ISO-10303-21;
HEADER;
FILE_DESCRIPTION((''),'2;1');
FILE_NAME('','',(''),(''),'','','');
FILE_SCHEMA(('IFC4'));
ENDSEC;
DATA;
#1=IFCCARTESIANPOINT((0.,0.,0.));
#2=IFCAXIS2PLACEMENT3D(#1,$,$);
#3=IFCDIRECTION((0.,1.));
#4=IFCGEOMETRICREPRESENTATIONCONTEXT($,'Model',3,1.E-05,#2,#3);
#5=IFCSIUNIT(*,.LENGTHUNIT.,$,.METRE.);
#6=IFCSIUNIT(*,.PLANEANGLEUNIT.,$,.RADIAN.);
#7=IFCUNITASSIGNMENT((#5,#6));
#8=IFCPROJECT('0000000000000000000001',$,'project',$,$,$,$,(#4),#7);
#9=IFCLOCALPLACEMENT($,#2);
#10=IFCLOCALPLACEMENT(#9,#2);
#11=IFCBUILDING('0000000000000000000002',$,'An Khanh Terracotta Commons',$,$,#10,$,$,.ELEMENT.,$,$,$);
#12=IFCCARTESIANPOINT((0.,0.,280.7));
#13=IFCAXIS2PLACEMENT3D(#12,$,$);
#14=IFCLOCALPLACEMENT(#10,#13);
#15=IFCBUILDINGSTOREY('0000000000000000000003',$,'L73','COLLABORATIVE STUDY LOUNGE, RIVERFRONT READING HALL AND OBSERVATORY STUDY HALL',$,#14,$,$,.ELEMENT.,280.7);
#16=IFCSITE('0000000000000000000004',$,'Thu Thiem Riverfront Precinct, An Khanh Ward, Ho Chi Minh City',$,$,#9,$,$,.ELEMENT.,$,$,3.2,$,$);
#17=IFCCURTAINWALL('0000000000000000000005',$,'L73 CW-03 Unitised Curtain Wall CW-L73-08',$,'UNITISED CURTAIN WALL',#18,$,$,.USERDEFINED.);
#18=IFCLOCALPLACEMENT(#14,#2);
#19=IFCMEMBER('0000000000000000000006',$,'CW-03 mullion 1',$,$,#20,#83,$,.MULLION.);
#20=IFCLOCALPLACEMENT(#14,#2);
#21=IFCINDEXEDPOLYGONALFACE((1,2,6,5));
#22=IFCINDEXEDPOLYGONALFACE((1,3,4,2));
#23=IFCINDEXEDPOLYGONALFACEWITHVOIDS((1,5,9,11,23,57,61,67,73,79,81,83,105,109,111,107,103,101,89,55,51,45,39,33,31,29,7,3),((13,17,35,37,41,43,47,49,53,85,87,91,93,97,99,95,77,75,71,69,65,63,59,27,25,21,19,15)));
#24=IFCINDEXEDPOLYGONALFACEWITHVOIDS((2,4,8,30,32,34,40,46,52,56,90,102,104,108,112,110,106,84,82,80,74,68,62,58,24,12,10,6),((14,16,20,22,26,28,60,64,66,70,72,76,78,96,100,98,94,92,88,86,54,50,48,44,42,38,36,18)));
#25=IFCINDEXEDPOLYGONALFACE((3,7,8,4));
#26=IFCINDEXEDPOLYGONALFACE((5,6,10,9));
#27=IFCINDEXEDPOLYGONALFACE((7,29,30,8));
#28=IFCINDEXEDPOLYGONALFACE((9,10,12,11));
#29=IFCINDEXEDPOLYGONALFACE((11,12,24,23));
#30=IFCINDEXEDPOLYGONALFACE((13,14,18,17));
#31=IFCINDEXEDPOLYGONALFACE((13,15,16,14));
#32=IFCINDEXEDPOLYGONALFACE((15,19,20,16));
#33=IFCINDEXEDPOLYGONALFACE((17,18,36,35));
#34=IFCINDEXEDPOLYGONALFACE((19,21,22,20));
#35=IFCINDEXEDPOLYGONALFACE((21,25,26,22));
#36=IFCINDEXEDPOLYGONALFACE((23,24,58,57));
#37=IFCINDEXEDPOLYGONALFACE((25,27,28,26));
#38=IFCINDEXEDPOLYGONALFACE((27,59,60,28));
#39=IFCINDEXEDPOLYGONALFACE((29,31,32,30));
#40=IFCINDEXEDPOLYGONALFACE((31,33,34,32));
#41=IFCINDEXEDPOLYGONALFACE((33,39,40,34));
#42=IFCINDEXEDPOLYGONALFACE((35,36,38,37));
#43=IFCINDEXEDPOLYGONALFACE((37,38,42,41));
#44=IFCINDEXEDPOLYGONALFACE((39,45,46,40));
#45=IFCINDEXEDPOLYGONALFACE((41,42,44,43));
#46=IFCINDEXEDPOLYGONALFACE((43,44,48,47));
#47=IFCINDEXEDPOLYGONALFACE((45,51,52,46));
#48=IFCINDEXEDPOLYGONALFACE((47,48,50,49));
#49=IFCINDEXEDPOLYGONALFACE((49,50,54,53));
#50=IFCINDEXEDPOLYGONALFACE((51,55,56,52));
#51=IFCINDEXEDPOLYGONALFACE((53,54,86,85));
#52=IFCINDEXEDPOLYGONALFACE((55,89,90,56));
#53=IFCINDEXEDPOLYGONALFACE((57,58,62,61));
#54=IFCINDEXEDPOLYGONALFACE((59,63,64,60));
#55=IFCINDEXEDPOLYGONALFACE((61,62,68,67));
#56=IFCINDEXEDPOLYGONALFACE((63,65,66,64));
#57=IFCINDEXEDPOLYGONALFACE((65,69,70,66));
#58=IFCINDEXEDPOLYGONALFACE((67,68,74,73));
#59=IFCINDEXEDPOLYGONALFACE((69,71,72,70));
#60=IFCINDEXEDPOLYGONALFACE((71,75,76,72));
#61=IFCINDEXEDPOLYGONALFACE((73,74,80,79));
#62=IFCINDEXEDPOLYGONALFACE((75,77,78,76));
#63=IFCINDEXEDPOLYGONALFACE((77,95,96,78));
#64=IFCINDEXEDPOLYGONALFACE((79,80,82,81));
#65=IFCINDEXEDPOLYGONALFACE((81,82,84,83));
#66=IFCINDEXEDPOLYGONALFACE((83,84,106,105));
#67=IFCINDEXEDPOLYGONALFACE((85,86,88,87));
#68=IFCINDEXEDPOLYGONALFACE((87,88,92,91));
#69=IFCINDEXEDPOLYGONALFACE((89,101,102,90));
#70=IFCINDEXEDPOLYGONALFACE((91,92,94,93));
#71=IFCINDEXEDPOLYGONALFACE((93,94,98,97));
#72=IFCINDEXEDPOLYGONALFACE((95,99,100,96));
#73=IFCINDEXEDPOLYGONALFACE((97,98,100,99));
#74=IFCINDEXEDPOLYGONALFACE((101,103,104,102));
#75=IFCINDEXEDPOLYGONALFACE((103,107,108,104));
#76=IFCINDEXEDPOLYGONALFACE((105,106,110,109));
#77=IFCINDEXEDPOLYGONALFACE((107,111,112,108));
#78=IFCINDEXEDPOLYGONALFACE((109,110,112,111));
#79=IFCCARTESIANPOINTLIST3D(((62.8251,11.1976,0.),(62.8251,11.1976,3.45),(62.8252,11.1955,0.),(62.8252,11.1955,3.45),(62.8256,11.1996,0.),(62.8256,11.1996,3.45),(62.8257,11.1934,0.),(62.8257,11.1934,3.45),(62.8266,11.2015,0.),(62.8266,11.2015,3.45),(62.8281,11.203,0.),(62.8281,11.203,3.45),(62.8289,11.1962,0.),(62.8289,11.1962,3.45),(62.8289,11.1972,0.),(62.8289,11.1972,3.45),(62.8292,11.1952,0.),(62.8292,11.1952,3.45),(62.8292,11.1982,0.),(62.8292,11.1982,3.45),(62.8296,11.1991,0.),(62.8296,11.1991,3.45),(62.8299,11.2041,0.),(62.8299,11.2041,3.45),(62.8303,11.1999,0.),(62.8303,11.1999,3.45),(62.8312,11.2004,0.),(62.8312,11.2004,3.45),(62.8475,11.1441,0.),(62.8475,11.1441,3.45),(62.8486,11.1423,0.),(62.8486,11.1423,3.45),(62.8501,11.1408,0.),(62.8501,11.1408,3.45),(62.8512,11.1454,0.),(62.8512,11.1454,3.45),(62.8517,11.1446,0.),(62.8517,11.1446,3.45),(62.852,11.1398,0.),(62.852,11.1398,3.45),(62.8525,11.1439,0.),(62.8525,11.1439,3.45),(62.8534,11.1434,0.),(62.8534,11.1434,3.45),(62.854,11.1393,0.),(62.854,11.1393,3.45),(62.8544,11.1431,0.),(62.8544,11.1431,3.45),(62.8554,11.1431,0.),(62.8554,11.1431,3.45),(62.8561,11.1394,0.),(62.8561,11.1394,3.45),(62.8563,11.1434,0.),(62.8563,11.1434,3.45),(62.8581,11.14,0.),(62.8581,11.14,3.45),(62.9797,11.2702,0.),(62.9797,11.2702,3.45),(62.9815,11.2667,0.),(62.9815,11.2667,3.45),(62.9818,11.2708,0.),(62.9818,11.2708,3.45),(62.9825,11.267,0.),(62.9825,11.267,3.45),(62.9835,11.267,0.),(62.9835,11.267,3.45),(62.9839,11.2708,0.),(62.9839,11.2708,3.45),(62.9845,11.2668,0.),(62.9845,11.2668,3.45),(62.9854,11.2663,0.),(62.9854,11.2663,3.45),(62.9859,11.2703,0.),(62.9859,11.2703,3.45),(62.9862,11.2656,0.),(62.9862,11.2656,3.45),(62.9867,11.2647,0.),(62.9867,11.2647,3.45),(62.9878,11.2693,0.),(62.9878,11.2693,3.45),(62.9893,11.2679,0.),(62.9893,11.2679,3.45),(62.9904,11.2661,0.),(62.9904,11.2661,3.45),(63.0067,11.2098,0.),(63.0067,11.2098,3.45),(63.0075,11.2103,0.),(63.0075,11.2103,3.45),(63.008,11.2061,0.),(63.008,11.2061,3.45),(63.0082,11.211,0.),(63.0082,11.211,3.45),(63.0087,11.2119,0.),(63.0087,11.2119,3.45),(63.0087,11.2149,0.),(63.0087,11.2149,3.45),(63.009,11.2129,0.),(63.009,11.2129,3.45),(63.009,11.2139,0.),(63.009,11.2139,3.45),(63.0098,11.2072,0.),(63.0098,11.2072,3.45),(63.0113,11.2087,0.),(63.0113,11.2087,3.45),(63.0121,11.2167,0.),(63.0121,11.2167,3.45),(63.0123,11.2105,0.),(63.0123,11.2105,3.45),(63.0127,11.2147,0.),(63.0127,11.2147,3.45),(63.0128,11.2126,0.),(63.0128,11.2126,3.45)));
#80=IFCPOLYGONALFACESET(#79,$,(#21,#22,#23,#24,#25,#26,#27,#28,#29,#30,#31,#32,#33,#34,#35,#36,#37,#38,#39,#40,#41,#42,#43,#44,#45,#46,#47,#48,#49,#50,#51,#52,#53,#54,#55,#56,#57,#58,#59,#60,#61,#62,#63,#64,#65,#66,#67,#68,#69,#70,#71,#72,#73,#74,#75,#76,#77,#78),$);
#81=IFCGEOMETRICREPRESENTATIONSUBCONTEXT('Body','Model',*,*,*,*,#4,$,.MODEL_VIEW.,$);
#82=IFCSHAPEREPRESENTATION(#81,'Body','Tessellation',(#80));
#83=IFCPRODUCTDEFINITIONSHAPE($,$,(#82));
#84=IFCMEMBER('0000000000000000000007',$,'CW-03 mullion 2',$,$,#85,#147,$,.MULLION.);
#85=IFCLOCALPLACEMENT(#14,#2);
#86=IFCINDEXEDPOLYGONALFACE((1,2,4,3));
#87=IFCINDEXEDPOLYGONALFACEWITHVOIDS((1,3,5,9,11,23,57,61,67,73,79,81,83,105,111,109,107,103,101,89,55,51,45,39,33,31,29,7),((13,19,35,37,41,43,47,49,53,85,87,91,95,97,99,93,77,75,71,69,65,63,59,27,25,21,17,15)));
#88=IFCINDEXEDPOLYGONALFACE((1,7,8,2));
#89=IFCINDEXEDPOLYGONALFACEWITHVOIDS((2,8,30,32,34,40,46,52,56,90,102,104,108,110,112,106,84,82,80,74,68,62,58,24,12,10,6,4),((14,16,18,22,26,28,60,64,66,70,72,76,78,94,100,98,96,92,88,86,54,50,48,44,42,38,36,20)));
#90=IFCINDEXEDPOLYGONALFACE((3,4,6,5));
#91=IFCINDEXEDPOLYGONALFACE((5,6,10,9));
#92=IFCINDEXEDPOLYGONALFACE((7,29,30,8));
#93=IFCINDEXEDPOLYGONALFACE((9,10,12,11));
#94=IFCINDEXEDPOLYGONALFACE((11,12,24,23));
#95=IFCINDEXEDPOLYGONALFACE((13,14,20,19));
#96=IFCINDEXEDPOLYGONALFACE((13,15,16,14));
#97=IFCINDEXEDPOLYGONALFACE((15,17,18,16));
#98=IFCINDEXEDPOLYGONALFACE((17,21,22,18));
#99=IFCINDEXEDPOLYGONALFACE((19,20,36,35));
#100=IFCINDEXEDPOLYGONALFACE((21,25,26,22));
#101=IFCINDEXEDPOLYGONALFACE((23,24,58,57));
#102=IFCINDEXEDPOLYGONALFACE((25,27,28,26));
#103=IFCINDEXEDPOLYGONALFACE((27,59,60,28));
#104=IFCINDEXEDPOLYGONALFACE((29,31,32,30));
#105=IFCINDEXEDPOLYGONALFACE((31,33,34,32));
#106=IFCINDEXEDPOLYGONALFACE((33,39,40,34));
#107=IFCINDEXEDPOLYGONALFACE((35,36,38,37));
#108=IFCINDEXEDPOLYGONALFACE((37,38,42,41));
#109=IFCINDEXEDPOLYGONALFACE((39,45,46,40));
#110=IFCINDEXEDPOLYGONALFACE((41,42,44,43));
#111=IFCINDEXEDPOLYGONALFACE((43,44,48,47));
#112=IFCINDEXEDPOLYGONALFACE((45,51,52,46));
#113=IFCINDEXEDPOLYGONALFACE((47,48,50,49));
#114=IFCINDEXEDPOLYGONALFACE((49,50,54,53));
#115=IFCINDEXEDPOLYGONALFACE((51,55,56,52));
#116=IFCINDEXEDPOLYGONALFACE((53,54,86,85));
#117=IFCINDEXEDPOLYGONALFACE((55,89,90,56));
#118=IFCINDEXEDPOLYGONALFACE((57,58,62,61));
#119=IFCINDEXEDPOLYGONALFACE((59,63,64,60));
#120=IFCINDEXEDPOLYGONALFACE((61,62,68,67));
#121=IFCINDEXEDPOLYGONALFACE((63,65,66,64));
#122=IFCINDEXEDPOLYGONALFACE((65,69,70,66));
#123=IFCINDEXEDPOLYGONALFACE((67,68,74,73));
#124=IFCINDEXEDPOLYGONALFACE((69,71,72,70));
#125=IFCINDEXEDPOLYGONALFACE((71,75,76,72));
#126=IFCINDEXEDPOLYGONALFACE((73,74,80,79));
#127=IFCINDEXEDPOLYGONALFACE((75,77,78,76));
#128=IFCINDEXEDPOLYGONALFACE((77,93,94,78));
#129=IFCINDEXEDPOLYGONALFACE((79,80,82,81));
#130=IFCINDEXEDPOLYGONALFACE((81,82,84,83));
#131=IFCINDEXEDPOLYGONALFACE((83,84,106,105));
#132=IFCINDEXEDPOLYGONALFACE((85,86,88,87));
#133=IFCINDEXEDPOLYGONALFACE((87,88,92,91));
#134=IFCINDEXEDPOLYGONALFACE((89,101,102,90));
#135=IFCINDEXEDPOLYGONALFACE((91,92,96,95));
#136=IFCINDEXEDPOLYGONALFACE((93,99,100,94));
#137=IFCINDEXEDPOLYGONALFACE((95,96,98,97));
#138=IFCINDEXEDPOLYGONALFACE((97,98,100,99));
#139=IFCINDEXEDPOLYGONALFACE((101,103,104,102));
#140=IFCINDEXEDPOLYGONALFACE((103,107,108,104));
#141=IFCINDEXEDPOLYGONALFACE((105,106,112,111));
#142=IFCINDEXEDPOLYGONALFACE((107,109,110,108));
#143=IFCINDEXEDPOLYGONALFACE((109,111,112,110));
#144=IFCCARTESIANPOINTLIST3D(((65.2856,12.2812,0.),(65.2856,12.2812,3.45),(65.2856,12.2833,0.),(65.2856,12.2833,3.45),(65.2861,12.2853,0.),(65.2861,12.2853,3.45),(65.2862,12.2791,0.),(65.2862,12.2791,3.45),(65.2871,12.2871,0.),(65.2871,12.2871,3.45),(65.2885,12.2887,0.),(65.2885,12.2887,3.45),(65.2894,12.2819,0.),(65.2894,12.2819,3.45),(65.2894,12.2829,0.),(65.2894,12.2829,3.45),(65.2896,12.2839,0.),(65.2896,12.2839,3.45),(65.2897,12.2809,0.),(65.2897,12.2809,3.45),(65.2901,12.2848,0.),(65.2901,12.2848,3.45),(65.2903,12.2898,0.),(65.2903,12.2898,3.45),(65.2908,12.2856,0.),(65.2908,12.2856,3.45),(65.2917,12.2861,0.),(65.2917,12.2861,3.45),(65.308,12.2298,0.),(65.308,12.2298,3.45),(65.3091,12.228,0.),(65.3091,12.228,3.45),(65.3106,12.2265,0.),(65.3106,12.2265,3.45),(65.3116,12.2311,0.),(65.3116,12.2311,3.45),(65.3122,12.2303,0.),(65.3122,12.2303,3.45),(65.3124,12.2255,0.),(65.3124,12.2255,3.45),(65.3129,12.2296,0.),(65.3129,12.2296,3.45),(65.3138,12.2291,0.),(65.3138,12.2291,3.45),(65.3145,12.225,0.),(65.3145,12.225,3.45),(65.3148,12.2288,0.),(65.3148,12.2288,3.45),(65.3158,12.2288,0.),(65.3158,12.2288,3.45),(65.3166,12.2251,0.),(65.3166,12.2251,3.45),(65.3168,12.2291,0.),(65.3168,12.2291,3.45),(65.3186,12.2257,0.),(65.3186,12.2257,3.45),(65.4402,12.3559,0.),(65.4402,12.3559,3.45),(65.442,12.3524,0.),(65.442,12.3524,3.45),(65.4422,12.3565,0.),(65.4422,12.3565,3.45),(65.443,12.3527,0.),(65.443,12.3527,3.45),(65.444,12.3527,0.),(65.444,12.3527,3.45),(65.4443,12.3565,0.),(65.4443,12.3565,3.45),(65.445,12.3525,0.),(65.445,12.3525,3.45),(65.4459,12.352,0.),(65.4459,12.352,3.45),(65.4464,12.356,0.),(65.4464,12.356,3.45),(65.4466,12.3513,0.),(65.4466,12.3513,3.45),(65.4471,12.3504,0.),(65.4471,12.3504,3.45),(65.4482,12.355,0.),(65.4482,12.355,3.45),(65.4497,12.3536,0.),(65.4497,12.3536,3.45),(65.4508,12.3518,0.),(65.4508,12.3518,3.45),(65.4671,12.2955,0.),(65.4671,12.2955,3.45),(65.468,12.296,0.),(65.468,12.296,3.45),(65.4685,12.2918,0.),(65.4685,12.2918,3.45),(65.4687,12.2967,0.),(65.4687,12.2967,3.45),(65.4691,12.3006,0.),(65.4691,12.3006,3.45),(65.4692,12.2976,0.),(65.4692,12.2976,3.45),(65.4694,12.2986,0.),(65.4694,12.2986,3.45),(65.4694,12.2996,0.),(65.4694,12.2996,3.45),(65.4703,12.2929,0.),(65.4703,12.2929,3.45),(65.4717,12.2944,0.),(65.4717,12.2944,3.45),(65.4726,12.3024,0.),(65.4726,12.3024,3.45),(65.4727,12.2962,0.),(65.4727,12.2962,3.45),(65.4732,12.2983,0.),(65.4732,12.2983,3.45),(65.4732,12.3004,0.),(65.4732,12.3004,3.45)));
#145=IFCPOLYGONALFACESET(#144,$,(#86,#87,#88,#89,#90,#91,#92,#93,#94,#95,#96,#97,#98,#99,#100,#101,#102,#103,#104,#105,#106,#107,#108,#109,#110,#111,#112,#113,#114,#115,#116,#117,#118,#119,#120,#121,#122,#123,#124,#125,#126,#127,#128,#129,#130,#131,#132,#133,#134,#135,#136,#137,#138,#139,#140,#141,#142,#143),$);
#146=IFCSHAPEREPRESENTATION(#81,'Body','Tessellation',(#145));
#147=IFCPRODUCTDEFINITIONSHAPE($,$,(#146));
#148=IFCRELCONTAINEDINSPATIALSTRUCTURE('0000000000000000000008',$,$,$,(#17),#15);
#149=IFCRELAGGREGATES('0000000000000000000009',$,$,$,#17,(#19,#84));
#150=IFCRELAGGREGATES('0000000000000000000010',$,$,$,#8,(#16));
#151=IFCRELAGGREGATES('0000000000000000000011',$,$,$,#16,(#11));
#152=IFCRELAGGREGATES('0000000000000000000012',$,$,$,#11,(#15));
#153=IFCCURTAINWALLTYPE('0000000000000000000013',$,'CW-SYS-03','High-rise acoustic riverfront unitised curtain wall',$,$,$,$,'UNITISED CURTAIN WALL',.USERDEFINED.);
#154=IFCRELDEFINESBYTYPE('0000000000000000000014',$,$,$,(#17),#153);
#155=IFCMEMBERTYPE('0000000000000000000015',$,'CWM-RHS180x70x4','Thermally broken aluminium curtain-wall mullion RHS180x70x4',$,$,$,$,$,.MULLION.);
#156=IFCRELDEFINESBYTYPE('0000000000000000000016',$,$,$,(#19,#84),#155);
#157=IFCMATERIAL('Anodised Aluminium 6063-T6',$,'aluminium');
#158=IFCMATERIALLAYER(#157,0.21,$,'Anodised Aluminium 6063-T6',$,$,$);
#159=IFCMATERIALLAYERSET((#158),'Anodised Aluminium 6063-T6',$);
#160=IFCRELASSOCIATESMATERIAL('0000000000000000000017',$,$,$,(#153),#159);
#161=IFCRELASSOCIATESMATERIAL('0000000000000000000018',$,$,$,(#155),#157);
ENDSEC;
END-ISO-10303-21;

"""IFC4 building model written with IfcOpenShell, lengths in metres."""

from ifc_helpers import new_model, si_unit, direction, frame, origin, origin_2d, place, context, subcontext, project, spatial, hollow_rectangle, extrude, material, layer, layer_set, material_profile, profile_set, type_object, element, aggregate, save


model = new_model("IFC4")

# Units and contexts
model_context = context("Model", 3, precision=1e-05, world=origin(), true_north=direction((0.0, 1.0)))
body_context = subcontext(model_context, "Body", "Model", "MODEL_VIEW")
ifc_project = project(units=[si_unit("LENGTHUNIT", "METRE"), si_unit("PLANEANGLEUNIT", "RADIAN")], contexts=[model_context])

# Site, building, storey
site_placement = place(None, origin())
site = spatial("IfcSite", under=ifc_project, at=site_placement, Name="Thu Thiem Riverfront Precinct, An Khanh Ward, Ho Chi Minh City", CompositionType="ELEMENT", RefElevation=3.2)
building_placement = place(site_placement, origin())
building = spatial("IfcBuilding", under=site, at=building_placement, Name="An Khanh Terracotta Commons", CompositionType="ELEMENT")
storey_placement = place(building_placement, frame((0.0, 0.0, 280.7)))
storey = spatial("IfcBuildingStorey", under=building, at=storey_placement, Name="L73", Description="COLLABORATIVE STUDY LOUNGE, RIVERFRONT READING HALL AND OBSERVATORY STUDY HALL", CompositionType="ELEMENT", Elevation=280.7)

# Curtain wall, members
ifc_material_1 = material(Name="Anodised Aluminium 6063-T6", Category="aluminium")
ifc_layer_1 = layer(ifc_material_1, 0.21, Name="Anodised Aluminium 6063-T6")
ifc_layer_set_1 = layer_set([ifc_layer_1], Name="Anodised Aluminium 6063-T6")
curtain_wall_type = type_object("IfcCurtainWallType", Name="CW-SYS-03", Description="High-rise acoustic riverfront unitised curtain wall", ElementType="UNITISED CURTAIN WALL", PredefinedType="USERDEFINED", material=ifc_layer_set_1)
curtain_wall_placement = place(storey_placement, origin())
curtain_wall = element("IfcCurtainWall", 1, at=curtain_wall_placement, inside=storey, type_object=curtain_wall_type, Name="L73 CW-03 Unitised Curtain Wall CW-L73-08", ObjectType="UNITISED CURTAIN WALL", PredefinedType="USERDEFINED")
ifc_material_profile_1 = material_profile(ifc_material_1, hollow_rectangle(XDim=0.0701, YDim=0.1799, WallThickness=0.0039, InnerFilletRadius=0.0039, OuterFilletRadius=0.0081, at=origin_2d()), Name="RHS180x70x4")
ifc_profile_set_1 = profile_set([ifc_material_profile_1], Name="Anodised Aluminium 6063-T6")
member_type_1 = type_object("IfcMemberType", Name="CWM-RHS180x70x4", Description="Thermally broken aluminium curtain-wall mullion RHS180x70x4", PredefinedType="MULLION", material=ifc_profile_set_1)
member_1_placement = place(storey_placement, frame((62.9189, 11.2051, 0.0), z_axis=(0.0, 0.0, 1.0), x_axis=(-0.403676, 0.914902, 0.0)))
member_1 = element("IfcMember", 2, at=member_1_placement, type_object=member_type_1, Name="CW-03 mullion 1", PredefinedType="MULLION", context=body_context, shape_type="SweptSolid", body=[
    extrude(hollow_rectangle(XDim=0.0701, YDim=0.1799, WallThickness=0.0039, InnerFilletRadius=0.0039, OuterFilletRadius=0.0081, at=origin_2d()), origin(), (0.0, 0.0, 1.0), 3.45),
])
member_2_placement = place(storey_placement, frame((65.3794, 12.2908, 0.0), z_axis=(0.0, 0.0, 1.0), x_axis=(-0.403676, 0.914902, 0.0)))
member_2 = element("IfcMember", 3, at=member_2_placement, type_object=member_type_1, Name="CW-03 mullion 2", PredefinedType="MULLION", context=body_context, shape_type="SweptSolid", body=[
    extrude(hollow_rectangle(XDim=0.0701, YDim=0.1799, WallThickness=0.0039, InnerFilletRadius=0.0039, OuterFilletRadius=0.0081, at=origin_2d()), origin(), (0.0, 0.0, 1.0), 3.45),
])
aggregate(curtain_wall, [member_1, member_2])

save(model, "model.ifc")
